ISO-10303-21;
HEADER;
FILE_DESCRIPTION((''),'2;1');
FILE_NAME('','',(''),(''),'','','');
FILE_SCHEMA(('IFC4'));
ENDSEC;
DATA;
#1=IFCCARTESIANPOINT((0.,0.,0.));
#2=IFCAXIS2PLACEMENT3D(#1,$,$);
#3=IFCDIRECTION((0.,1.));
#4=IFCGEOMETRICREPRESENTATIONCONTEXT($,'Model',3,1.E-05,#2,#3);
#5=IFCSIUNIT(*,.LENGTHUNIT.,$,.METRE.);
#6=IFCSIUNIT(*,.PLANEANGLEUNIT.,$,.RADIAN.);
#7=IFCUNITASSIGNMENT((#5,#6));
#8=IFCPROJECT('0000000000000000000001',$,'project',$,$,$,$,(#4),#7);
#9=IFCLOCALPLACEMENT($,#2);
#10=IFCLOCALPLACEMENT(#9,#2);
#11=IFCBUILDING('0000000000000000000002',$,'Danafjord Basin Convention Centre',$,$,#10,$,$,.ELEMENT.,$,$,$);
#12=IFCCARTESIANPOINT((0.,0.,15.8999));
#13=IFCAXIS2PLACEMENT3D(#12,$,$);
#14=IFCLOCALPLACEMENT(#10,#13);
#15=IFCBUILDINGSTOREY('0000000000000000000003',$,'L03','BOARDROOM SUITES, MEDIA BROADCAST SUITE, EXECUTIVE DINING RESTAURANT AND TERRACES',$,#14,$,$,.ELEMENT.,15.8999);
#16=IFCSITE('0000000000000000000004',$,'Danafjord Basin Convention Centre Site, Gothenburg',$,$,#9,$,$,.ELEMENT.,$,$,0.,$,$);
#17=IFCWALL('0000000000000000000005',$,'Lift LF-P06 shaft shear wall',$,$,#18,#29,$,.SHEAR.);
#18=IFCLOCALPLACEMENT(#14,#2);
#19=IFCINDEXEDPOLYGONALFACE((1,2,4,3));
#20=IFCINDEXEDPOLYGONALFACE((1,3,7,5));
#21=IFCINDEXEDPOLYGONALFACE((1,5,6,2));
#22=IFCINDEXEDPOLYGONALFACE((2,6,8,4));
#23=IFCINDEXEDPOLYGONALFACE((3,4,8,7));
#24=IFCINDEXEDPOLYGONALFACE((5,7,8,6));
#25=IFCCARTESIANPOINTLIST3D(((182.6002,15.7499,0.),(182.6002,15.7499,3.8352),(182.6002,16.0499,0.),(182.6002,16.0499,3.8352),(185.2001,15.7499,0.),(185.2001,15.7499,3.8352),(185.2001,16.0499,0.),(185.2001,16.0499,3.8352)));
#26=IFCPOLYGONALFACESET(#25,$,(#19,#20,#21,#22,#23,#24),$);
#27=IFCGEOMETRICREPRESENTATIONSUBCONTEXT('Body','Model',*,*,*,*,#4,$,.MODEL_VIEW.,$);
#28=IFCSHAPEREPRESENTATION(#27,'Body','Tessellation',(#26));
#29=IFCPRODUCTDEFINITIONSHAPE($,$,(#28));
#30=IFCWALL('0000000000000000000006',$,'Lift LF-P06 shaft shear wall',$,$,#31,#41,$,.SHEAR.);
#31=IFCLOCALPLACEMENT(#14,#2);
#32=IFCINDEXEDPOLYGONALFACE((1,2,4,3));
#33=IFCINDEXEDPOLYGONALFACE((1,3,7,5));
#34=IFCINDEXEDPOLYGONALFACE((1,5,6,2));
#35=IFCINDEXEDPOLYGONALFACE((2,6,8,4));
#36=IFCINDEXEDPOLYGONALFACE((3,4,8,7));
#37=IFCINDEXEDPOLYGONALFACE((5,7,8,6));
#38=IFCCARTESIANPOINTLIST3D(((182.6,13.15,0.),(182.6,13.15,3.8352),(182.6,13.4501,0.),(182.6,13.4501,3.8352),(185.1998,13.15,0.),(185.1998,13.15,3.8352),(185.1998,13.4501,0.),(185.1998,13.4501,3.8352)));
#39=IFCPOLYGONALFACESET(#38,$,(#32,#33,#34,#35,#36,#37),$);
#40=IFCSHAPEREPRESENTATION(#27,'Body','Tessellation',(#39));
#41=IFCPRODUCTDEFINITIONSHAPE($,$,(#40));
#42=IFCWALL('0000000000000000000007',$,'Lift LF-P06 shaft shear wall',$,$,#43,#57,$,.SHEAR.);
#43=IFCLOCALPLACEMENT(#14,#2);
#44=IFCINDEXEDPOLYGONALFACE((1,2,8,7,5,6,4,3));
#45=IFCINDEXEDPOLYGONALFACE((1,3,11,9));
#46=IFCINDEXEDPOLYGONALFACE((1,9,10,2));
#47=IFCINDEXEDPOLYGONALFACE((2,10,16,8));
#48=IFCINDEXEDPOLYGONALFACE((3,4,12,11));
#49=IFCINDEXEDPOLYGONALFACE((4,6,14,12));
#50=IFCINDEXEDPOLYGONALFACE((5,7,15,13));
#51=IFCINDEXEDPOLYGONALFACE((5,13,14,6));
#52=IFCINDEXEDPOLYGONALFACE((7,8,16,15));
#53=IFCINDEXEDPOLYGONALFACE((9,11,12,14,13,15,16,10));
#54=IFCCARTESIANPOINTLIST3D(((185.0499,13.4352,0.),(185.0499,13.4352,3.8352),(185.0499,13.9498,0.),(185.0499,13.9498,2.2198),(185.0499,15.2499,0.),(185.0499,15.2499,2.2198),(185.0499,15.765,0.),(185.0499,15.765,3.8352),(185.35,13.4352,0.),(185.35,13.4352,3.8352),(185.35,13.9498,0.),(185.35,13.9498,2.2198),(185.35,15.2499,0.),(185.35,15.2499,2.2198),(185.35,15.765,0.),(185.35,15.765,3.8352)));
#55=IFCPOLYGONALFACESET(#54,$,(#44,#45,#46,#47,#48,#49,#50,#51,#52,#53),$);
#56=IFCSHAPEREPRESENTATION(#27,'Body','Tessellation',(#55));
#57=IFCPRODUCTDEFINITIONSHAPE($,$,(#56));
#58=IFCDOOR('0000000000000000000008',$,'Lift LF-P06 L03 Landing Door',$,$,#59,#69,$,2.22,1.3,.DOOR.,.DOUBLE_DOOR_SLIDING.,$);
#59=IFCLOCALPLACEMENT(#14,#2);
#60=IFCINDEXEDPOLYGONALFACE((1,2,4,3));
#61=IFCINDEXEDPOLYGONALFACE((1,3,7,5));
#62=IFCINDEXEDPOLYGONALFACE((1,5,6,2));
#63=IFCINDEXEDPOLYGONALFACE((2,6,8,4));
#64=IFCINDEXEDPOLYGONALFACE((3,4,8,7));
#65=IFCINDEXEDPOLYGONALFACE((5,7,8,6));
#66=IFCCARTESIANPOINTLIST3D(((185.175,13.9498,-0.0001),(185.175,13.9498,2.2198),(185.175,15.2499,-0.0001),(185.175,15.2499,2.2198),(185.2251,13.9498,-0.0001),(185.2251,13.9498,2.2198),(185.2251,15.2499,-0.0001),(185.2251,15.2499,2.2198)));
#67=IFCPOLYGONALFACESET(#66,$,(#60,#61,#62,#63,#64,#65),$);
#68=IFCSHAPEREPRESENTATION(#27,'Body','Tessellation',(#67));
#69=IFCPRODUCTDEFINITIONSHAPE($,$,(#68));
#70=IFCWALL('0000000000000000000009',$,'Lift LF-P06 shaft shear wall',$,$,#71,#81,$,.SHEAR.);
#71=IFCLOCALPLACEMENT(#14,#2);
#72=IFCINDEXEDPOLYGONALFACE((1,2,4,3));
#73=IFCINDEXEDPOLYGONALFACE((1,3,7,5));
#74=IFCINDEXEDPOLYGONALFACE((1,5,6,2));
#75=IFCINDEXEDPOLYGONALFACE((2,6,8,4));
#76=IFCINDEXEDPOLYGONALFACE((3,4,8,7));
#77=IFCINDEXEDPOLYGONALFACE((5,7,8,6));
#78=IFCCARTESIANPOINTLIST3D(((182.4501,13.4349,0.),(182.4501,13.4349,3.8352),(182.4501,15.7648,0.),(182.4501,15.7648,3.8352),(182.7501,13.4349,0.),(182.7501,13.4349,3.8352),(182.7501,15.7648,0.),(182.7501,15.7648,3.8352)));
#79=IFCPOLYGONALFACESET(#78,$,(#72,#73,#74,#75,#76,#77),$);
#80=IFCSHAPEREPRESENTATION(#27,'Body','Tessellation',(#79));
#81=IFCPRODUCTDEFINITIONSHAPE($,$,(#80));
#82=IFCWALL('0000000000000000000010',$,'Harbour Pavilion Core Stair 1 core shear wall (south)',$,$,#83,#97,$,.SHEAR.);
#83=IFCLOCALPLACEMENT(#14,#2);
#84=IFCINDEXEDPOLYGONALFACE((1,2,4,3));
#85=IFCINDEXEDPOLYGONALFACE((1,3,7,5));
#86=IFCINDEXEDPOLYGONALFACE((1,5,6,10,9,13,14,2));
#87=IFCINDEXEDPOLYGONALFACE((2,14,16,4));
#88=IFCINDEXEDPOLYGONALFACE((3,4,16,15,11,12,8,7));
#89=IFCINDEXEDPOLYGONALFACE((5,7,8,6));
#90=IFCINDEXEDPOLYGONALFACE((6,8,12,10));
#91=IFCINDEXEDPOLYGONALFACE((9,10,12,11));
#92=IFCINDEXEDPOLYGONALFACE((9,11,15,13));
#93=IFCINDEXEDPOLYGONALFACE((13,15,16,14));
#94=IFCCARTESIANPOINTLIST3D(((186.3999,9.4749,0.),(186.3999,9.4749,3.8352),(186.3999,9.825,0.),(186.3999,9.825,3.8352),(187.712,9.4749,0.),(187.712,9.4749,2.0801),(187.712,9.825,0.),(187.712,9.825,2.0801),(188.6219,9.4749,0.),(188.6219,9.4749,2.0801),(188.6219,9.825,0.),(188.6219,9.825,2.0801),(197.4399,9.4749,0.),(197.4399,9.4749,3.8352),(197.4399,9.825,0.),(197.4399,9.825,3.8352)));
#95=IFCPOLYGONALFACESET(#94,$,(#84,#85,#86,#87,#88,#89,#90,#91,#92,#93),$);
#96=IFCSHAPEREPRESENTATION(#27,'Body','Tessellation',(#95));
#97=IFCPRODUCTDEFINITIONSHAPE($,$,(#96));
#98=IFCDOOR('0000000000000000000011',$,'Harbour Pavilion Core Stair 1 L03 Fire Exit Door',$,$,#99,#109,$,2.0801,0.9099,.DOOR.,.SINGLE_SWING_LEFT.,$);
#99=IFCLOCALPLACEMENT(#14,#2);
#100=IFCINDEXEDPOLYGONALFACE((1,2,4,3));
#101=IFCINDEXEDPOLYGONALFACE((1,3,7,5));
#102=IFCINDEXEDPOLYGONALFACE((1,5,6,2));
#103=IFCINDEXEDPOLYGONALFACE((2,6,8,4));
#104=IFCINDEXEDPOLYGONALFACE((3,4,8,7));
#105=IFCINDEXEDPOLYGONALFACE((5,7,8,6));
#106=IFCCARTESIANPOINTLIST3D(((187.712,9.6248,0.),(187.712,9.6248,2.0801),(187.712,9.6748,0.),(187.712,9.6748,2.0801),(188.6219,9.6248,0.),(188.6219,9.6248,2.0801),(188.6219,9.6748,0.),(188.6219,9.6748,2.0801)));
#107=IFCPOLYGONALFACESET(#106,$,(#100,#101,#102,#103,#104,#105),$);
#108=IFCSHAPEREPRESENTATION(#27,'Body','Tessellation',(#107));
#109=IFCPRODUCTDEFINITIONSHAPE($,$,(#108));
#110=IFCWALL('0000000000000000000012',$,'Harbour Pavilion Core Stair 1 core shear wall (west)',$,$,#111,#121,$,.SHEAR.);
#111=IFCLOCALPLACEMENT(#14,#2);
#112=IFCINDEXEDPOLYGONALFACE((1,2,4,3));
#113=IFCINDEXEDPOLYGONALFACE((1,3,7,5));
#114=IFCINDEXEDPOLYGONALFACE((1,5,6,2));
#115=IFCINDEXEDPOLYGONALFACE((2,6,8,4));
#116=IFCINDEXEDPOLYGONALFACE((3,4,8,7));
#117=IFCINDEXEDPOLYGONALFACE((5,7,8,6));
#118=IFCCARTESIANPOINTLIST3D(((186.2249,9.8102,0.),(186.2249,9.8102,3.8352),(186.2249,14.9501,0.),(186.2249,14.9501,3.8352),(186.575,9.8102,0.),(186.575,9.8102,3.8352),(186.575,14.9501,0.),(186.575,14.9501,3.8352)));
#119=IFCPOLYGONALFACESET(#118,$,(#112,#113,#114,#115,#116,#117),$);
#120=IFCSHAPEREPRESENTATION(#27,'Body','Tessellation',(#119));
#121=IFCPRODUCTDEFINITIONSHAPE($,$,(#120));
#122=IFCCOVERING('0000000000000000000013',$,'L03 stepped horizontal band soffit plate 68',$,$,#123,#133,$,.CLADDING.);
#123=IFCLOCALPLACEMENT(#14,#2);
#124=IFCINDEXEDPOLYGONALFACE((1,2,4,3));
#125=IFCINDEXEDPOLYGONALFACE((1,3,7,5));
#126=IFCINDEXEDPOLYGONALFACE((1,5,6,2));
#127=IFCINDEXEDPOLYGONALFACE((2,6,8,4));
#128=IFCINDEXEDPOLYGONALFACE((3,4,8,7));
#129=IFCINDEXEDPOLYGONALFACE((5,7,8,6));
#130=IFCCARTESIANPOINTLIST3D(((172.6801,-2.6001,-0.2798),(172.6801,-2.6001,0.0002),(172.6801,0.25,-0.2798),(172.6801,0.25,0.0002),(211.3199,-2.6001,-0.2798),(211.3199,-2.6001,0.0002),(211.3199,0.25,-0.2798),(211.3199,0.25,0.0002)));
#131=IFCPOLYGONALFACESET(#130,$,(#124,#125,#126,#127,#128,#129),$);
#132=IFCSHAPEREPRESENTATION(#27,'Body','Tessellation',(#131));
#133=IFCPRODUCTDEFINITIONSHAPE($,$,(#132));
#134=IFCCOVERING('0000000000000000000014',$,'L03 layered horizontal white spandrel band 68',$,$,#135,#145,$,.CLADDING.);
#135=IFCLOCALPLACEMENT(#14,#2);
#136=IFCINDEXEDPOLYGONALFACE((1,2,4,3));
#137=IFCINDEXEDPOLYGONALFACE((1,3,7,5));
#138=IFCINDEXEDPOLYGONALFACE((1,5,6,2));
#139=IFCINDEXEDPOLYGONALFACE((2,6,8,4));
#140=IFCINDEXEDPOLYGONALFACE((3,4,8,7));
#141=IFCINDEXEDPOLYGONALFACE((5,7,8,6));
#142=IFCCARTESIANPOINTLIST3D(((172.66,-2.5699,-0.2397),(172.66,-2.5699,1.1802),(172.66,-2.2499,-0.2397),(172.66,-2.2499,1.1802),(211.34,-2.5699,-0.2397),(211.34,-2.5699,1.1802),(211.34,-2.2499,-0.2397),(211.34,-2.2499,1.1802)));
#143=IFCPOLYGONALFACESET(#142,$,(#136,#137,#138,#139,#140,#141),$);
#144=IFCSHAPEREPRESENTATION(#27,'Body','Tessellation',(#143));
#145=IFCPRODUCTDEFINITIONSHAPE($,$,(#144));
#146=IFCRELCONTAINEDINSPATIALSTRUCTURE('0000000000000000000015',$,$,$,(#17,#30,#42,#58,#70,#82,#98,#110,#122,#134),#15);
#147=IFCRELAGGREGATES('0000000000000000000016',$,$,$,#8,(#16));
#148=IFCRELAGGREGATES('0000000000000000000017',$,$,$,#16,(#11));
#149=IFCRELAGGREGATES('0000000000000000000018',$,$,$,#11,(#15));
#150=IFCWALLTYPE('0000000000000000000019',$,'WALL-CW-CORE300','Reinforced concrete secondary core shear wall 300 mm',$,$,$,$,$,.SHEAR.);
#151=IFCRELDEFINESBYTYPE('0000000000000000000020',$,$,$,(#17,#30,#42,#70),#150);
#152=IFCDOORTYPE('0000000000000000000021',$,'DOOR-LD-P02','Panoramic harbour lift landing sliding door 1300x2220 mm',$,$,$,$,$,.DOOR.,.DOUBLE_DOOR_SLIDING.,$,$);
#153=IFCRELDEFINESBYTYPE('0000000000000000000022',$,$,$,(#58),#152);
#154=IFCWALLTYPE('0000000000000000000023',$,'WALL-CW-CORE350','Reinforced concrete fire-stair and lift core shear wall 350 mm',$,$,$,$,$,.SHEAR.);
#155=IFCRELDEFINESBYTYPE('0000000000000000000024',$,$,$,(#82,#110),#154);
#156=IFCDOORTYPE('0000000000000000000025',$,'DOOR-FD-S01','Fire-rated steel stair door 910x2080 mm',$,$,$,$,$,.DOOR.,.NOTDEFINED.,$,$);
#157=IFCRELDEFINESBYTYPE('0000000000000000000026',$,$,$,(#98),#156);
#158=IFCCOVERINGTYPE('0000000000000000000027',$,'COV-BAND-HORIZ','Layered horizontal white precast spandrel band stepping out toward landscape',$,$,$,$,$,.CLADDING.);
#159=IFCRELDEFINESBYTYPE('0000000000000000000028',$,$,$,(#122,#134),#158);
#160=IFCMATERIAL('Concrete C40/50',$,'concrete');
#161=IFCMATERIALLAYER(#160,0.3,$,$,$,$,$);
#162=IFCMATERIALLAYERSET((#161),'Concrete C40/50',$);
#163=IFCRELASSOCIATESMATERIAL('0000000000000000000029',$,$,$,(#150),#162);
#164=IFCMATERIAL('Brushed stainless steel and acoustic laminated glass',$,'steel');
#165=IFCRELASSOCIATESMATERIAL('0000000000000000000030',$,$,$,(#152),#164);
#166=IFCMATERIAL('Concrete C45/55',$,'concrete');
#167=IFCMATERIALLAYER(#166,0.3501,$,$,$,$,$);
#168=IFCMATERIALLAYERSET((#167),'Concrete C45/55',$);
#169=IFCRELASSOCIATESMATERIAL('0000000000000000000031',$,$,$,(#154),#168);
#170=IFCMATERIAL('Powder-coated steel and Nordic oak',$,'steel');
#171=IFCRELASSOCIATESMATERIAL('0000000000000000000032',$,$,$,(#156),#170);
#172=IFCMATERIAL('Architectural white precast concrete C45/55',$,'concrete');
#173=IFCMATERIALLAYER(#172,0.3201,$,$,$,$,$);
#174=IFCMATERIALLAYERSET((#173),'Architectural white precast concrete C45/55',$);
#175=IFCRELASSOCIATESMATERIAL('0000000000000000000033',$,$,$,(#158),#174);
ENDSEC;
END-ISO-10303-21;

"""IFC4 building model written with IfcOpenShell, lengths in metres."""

from ifc_helpers import new_model, si_unit, direction, frame, frame_2d, origin, origin_2d, place, context, subcontext, project, spatial, rectangle, extrude, material, layer, layer_set, type_object, element, fill, save


model = new_model("IFC4")

# Units and contexts
model_context = context("Model", 3, precision=1e-05, world=origin(), true_north=direction((0.0, 1.0)))
body_context = subcontext(model_context, "Body", "Model", "MODEL_VIEW")
ifc_project = project(units=[si_unit("LENGTHUNIT", "METRE"), si_unit("PLANEANGLEUNIT", "RADIAN")], contexts=[model_context])

# Site, building, storey
site_placement = place(None, origin())
site = spatial("IfcSite", under=ifc_project, at=site_placement, Name="Danafjord Basin Convention Centre Site, Gothenburg", CompositionType="ELEMENT", RefElevation=0.0)
building_placement = place(site_placement, origin())
building = spatial("IfcBuilding", under=site, at=building_placement, Name="Danafjord Basin Convention Centre", CompositionType="ELEMENT")
storey_placement = place(building_placement, frame((0.0, 0.0, 15.8999)))
storey = spatial("IfcBuildingStorey", under=building, at=storey_placement, Name="L03", Description="BOARDROOM SUITES, MEDIA BROADCAST SUITE, EXECUTIVE DINING RESTAURANT AND TERRACES", CompositionType="ELEMENT", Elevation=15.8999)

# Walls
ifc_material_1 = material(Name="Concrete C40/50", Category="concrete")
ifc_layer_1 = layer(ifc_material_1, 0.3)
ifc_layer_set_1 = layer_set([ifc_layer_1], Name="Concrete C40/50")
wall_type_1 = type_object("IfcWallType", Name="WALL-CW-CORE300", Description="Reinforced concrete secondary core shear wall 300 mm", PredefinedType="SHEAR", material=ifc_layer_set_1)
for number, where, z_axis, x_axis, name in (
    (1, (185.2, 15.8999, 0.0), (0.0, 0.0, 1.0), (-1.0, 0.0, 0.0), "Lift LF-P06 shaft shear wall"),
    (2, (182.6001, 13.3, 0.0), (0.0, 0.0, 1.0), (1.0, 0.0, 0.0), "Lift LF-P06 shaft shear wall"),
):
    element("IfcWall", number, at=place(storey_placement, frame(where, z_axis=z_axis, x_axis=x_axis)), inside=storey, type_object=wall_type_1, Name=name, PredefinedType="SHEAR", context=body_context, shape_type="SweptSolid", body=[
        extrude(rectangle(XDim=2.5999, YDim=0.3, at=frame_2d((1.2998, 0.0))), origin(), (0.0, 0.0, 1.0), 3.8352),
    ])

# Wall, opening, door
wall_1_placement = place(storey_placement, frame((185.2, 13.4351, 0.0), z_axis=(0.0, 0.0, 1.0), x_axis=(0.0, 1.0, 0.0)))
wall_1 = element("IfcWall", 3, at=wall_1_placement, inside=storey, type_object=wall_type_1, Name="Lift LF-P06 shaft shear wall", PredefinedType="SHEAR", context=body_context, shape_type="SweptSolid", body=[
    extrude(rectangle(XDim=2.3298, YDim=0.3, at=frame_2d((1.165, 0.0))), origin(), (0.0, 0.0, 1.0), 3.8352),
])
opening_1_placement = place(wall_1_placement, frame((0.5149, 0.0, 0.0)))
opening_1 = element("IfcOpeningElement", 4, at=opening_1_placement, cuts=wall_1, PredefinedType="OPENING", context=body_context, shape_type="SweptSolid", body=[
    extrude(rectangle(XDim=1.3, YDim=2.22, at=frame_2d((0.6499, 1.1099))), frame((0.0, 0.1599, 0.0), z_axis=(0.0, -1.0, 0.0), x_axis=(1.0, 0.0, 0.0)), (0.0, 0.0, 1.0), 0.3201),
])
ifc_material_2 = material(Name="Brushed stainless steel and acoustic laminated glass", Category="steel")
door_type_1 = type_object("IfcDoorType", Name="DOOR-LD-P02", Description="Panoramic harbour lift landing sliding door 1300x2220 mm", OperationType="DOUBLE_DOOR_SLIDING", PredefinedType="DOOR", material=ifc_material_2)
door_1_placement = place(opening_1_placement, origin())
door_1 = element("IfcDoor", 5, at=door_1_placement, inside=storey, type_object=door_type_1, Name="Lift LF-P06 L03 Landing Door", OperationType="DOUBLE_DOOR_SLIDING", OverallHeight=2.22, OverallWidth=1.3, PredefinedType="DOOR", context=body_context, shape_type="SweptSolid", body=[
    extrude(rectangle(XDim=1.3, YDim=2.22, at=frame_2d((0.6499, 1.1099))), frame((0.0, 0.0249, 0.0), z_axis=(0.0, -1.0, 0.0), x_axis=(1.0, 0.0, 0.0)), (0.0, 0.0, 1.0), 0.05),
])
fill(opening_1, door_1)

# Wall
wall_2_placement = place(storey_placement, frame((182.6001, 15.7649, 0.0), z_axis=(0.0, 0.0, 1.0), x_axis=(0.0, -1.0, 0.0)))
element("IfcWall", 6, at=wall_2_placement, inside=storey, type_object=wall_type_1, Name="Lift LF-P06 shaft shear wall", PredefinedType="SHEAR", context=body_context, shape_type="SweptSolid", body=[
    extrude(rectangle(XDim=2.3298, YDim=0.3, at=frame_2d((1.165, 0.0))), origin(), (0.0, 0.0, 1.0), 3.8352),
])

# Wall, opening, door
ifc_material_3 = material(Name="Concrete C45/55", Category="concrete")
ifc_layer_2 = layer(ifc_material_3, 0.3501)
ifc_layer_set_2 = layer_set([ifc_layer_2], Name="Concrete C45/55")
wall_type_2 = type_object("IfcWallType", Name="WALL-CW-CORE350", Description="Reinforced concrete fire-stair and lift core shear wall 350 mm", PredefinedType="SHEAR", material=ifc_layer_set_2)
wall_3_placement = place(storey_placement, frame((186.3999, 9.6499, 0.0), z_axis=(0.0, 0.0, 1.0), x_axis=(1.0, 0.0, 0.0)))
wall_3 = element("IfcWall", 7, at=wall_3_placement, inside=storey, type_object=wall_type_2, Name="Harbour Pavilion Core Stair 1 core shear wall (south)", PredefinedType="SHEAR", context=body_context, shape_type="SweptSolid", body=[
    extrude(rectangle(XDim=11.04, YDim=0.3501, at=frame_2d((5.52, 0.0))), origin(), (0.0, 0.0, 1.0), 3.8352),
])
opening_2_placement = place(wall_3_placement, frame((1.312, 0.0, 0.0)))
opening_2 = element("IfcOpeningElement", 8, at=opening_2_placement, cuts=wall_3, PredefinedType="OPENING", context=body_context, shape_type="SweptSolid", body=[
    extrude(rectangle(XDim=0.9099, YDim=2.0801, at=frame_2d((0.4551, 1.04))), frame((0.0, 0.1851, 0.0), z_axis=(0.0, -1.0, 0.0), x_axis=(1.0, 0.0, 0.0)), (0.0, 0.0, 1.0), 0.3701),
])
ifc_material_4 = material(Name="Powder-coated steel and Nordic oak", Category="steel")
door_type_2 = type_object("IfcDoorType", Name="DOOR-FD-S01", Description="Fire-rated steel stair door 910x2080 mm", OperationType="NOTDEFINED", PredefinedType="DOOR", material=ifc_material_4)
door_2_placement = place(opening_2_placement, origin())
door_2 = element("IfcDoor", 9, at=door_2_placement, inside=storey, type_object=door_type_2, Name="Harbour Pavilion Core Stair 1 L03 Fire Exit Door", OperationType="SINGLE_SWING_LEFT", OverallHeight=2.0801, OverallWidth=0.9099, PredefinedType="DOOR", context=body_context, shape_type="SweptSolid", body=[
    extrude(rectangle(XDim=0.9099, YDim=2.0801, at=frame_2d((0.4551, 1.04))), frame((0.0, 0.0249, 0.0), z_axis=(0.0, -1.0, 0.0), x_axis=(1.0, 0.0, 0.0)), (0.0, 0.0, 1.0), 0.05),
])
fill(opening_2, door_2)

# Wall
wall_4_placement = place(storey_placement, frame((186.3999, 14.95, 0.0), z_axis=(0.0, 0.0, 1.0), x_axis=(0.0, -1.0, 0.0)))
element("IfcWall", 10, at=wall_4_placement, inside=storey, type_object=wall_type_2, Name="Harbour Pavilion Core Stair 1 core shear wall (west)", PredefinedType="SHEAR", context=body_context, shape_type="SweptSolid", body=[
    extrude(rectangle(XDim=5.1399, YDim=0.3501, at=frame_2d((2.5698, 0.0))), origin(), (0.0, 0.0, 1.0), 3.8352),
])

# Coverings
ifc_material_5 = material(Name="Architectural white precast concrete C45/55", Category="concrete")
ifc_layer_3 = layer(ifc_material_5, 0.3201)
ifc_layer_set_3 = layer_set([ifc_layer_3], Name="Architectural white precast concrete C45/55")
covering_type = type_object("IfcCoveringType", Name="COV-BAND-HORIZ", Description="Layered horizontal white precast spandrel band stepping out toward landscape", PredefinedType="CLADDING", material=ifc_layer_set_3)
covering_1_placement = place(storey_placement, frame((192.0, -1.175, -0.2798), z_axis=(0.0, 0.0, 1.0), x_axis=(1.0, 0.0, 0.0)))
element("IfcCovering", 11, at=covering_1_placement, inside=storey, type_object=covering_type, Name="L03 stepped horizontal band soffit plate 68", PredefinedType="CLADDING", context=body_context, shape_type="SweptSolid", body=[
    extrude(rectangle(XDim=38.6399, YDim=2.8501, at=origin_2d()), origin(), (0.0, 0.0, 1.0), 0.28),
])
covering_2_placement = place(storey_placement, frame((192.0, -2.4099, -0.2397), z_axis=(0.0, 0.0, 1.0), x_axis=(1.0, 0.0, 0.0)))
element("IfcCovering", 12, at=covering_2_placement, inside=storey, type_object=covering_type, Name="L03 layered horizontal white spandrel band 68", PredefinedType="CLADDING", context=body_context, shape_type="SweptSolid", body=[
    extrude(rectangle(XDim=38.6799, YDim=0.3201, at=origin_2d()), origin(), (0.0, 0.0, 1.0), 1.4199),
])

save(model, "model.ifc")
